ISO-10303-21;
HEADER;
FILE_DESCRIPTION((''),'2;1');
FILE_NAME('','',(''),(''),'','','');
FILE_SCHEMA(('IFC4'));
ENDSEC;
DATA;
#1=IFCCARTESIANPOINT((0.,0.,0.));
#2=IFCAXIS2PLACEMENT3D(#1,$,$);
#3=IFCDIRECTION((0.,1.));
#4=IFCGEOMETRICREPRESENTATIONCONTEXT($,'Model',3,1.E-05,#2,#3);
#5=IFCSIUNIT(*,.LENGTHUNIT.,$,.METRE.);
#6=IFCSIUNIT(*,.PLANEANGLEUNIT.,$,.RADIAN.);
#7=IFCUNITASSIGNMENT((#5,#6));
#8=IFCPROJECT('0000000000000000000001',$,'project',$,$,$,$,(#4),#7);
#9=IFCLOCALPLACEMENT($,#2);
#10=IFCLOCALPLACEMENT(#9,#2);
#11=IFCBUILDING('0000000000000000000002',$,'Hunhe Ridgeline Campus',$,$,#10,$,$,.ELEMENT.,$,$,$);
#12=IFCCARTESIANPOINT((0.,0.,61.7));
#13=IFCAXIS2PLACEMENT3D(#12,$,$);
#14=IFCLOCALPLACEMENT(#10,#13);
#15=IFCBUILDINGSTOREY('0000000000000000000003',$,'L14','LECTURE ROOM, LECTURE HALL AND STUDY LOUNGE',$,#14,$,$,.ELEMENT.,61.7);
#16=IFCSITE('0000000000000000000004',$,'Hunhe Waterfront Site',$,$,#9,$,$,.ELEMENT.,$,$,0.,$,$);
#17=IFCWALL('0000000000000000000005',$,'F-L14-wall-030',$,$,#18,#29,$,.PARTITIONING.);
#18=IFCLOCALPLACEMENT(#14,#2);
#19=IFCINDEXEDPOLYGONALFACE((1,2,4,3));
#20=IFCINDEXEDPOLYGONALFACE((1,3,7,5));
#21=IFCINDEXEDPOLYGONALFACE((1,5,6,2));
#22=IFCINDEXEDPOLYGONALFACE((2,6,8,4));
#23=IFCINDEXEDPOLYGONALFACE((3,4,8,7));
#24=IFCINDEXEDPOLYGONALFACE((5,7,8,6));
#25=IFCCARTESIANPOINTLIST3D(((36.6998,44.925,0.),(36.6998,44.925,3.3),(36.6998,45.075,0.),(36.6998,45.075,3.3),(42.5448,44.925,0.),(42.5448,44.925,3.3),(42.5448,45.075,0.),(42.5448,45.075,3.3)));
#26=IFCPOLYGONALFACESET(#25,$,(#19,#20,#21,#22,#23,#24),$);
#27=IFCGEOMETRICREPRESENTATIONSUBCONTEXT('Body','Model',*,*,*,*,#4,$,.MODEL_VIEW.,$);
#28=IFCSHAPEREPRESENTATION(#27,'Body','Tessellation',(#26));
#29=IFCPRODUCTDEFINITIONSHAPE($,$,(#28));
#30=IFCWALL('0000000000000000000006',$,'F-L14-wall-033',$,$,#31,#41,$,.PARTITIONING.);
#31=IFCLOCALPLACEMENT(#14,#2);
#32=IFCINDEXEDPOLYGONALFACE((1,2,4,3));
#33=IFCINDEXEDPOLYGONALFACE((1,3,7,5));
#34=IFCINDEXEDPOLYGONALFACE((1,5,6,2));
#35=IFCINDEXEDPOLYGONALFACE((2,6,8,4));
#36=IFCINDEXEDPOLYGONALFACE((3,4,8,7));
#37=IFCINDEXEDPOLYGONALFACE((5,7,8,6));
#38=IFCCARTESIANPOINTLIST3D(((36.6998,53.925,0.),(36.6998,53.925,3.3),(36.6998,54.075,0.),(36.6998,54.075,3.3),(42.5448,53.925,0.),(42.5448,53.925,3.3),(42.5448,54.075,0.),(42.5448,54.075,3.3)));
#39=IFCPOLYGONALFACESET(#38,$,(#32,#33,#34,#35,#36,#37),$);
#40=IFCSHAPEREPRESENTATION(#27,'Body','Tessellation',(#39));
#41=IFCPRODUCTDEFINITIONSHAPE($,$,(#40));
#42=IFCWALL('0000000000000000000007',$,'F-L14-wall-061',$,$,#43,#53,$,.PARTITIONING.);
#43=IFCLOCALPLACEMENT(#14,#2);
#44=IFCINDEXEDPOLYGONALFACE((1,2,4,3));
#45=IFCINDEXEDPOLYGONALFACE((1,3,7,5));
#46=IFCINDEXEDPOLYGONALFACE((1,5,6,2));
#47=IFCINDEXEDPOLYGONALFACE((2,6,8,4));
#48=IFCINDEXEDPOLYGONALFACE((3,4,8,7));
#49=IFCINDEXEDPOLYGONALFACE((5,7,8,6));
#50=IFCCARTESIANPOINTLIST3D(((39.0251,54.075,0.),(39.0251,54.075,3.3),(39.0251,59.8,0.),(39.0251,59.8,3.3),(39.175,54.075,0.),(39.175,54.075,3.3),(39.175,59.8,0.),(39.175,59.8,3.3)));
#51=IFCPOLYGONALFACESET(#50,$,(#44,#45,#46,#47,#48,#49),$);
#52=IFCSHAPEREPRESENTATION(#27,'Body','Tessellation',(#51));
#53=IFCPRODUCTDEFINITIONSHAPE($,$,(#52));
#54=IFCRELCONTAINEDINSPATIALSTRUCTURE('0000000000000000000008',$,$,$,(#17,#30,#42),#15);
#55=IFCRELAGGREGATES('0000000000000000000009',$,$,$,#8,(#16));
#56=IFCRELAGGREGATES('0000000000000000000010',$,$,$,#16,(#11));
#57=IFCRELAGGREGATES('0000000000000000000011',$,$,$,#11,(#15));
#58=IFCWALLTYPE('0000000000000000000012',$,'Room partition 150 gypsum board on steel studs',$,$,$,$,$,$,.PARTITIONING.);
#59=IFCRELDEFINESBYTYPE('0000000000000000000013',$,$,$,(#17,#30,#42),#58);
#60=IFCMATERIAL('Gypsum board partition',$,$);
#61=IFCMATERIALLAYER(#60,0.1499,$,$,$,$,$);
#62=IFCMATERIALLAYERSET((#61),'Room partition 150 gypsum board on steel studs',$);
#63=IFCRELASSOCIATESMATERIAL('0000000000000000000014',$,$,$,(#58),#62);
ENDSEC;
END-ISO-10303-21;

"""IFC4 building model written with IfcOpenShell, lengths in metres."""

from ifc_helpers import new_model, si_unit, direction, frame, frame_2d, origin, place, context, subcontext, project, spatial, rectangle, extrude, material, layer, layer_set, type_object, element, save


model = new_model("IFC4")

# Units and contexts
model_context = context("Model", 3, precision=1e-05, world=origin(), true_north=direction((0.0, 1.0)))
body_context = subcontext(model_context, "Body", "Model", "MODEL_VIEW")
ifc_project = project(units=[si_unit("LENGTHUNIT", "METRE"), si_unit("PLANEANGLEUNIT", "RADIAN")], contexts=[model_context])

# Site, building, storey
site_placement = place(None, origin())
site = spatial("IfcSite", under=ifc_project, at=site_placement, Name="Hunhe Waterfront Site", CompositionType="ELEMENT", RefElevation=0.0)
building_placement = place(site_placement, origin())
building = spatial("IfcBuilding", under=site, at=building_placement, Name="Hunhe Ridgeline Campus", CompositionType="ELEMENT")
storey_placement = place(building_placement, frame((0.0, 0.0, 61.7)))
storey = spatial("IfcBuildingStorey", under=building, at=storey_placement, Name="L14", Description="LECTURE ROOM, LECTURE HALL AND STUDY LOUNGE", CompositionType="ELEMENT", Elevation=61.7)

# Shared definitions
ifc_material_1 = material(Name="Gypsum board partition")

# Walls
ifc_layer_1 = layer(ifc_material_1, 0.1499)
ifc_layer_set_1 = layer_set([ifc_layer_1], Name="Room partition 150 gypsum board on steel studs")
wall_type_1 = type_object("IfcWallType", Name="Room partition 150 gypsum board on steel studs", PredefinedType="PARTITIONING", material=ifc_layer_set_1)
for number, where, z_axis, x_axis, name in (
    (1, (36.7, 45.0, 0.0), (0.0, 0.0, 1.0), (1.0, 0.0, 0.0), "F-L14-wall-030"),
    (2, (36.7, 54.0, 0.0), (0.0, 0.0, 1.0), (1.0, 0.0, 0.0), "F-L14-wall-033"),
):
    element("IfcWall", number, at=place(storey_placement, frame(where, z_axis=z_axis, x_axis=x_axis)), inside=storey, type_object=wall_type_1, Name=name, PredefinedType="PARTITIONING", context=body_context, shape_type="SweptSolid", body=[
        extrude(rectangle(XDim=5.845, YDim=0.1499, at=frame_2d((2.9224, 0.0))), origin(), (0.0, 0.0, 1.0), 3.3),
    ])
wall_1_placement = place(storey_placement, frame((39.1001, 59.8, 0.0), z_axis=(0.0, 0.0, 1.0), x_axis=(0.0, -1.0, 0.0)))
element("IfcWall", 3, at=wall_1_placement, inside=storey, type_object=wall_type_1, Name="F-L14-wall-061", PredefinedType="PARTITIONING", context=body_context, shape_type="SweptSolid", body=[
    extrude(rectangle(XDim=5.7251, YDim=0.1499, at=frame_2d((2.8625, 0.0))), origin(), (0.0, 0.0, 1.0), 3.3),
])

save(model, "model.ifc")
